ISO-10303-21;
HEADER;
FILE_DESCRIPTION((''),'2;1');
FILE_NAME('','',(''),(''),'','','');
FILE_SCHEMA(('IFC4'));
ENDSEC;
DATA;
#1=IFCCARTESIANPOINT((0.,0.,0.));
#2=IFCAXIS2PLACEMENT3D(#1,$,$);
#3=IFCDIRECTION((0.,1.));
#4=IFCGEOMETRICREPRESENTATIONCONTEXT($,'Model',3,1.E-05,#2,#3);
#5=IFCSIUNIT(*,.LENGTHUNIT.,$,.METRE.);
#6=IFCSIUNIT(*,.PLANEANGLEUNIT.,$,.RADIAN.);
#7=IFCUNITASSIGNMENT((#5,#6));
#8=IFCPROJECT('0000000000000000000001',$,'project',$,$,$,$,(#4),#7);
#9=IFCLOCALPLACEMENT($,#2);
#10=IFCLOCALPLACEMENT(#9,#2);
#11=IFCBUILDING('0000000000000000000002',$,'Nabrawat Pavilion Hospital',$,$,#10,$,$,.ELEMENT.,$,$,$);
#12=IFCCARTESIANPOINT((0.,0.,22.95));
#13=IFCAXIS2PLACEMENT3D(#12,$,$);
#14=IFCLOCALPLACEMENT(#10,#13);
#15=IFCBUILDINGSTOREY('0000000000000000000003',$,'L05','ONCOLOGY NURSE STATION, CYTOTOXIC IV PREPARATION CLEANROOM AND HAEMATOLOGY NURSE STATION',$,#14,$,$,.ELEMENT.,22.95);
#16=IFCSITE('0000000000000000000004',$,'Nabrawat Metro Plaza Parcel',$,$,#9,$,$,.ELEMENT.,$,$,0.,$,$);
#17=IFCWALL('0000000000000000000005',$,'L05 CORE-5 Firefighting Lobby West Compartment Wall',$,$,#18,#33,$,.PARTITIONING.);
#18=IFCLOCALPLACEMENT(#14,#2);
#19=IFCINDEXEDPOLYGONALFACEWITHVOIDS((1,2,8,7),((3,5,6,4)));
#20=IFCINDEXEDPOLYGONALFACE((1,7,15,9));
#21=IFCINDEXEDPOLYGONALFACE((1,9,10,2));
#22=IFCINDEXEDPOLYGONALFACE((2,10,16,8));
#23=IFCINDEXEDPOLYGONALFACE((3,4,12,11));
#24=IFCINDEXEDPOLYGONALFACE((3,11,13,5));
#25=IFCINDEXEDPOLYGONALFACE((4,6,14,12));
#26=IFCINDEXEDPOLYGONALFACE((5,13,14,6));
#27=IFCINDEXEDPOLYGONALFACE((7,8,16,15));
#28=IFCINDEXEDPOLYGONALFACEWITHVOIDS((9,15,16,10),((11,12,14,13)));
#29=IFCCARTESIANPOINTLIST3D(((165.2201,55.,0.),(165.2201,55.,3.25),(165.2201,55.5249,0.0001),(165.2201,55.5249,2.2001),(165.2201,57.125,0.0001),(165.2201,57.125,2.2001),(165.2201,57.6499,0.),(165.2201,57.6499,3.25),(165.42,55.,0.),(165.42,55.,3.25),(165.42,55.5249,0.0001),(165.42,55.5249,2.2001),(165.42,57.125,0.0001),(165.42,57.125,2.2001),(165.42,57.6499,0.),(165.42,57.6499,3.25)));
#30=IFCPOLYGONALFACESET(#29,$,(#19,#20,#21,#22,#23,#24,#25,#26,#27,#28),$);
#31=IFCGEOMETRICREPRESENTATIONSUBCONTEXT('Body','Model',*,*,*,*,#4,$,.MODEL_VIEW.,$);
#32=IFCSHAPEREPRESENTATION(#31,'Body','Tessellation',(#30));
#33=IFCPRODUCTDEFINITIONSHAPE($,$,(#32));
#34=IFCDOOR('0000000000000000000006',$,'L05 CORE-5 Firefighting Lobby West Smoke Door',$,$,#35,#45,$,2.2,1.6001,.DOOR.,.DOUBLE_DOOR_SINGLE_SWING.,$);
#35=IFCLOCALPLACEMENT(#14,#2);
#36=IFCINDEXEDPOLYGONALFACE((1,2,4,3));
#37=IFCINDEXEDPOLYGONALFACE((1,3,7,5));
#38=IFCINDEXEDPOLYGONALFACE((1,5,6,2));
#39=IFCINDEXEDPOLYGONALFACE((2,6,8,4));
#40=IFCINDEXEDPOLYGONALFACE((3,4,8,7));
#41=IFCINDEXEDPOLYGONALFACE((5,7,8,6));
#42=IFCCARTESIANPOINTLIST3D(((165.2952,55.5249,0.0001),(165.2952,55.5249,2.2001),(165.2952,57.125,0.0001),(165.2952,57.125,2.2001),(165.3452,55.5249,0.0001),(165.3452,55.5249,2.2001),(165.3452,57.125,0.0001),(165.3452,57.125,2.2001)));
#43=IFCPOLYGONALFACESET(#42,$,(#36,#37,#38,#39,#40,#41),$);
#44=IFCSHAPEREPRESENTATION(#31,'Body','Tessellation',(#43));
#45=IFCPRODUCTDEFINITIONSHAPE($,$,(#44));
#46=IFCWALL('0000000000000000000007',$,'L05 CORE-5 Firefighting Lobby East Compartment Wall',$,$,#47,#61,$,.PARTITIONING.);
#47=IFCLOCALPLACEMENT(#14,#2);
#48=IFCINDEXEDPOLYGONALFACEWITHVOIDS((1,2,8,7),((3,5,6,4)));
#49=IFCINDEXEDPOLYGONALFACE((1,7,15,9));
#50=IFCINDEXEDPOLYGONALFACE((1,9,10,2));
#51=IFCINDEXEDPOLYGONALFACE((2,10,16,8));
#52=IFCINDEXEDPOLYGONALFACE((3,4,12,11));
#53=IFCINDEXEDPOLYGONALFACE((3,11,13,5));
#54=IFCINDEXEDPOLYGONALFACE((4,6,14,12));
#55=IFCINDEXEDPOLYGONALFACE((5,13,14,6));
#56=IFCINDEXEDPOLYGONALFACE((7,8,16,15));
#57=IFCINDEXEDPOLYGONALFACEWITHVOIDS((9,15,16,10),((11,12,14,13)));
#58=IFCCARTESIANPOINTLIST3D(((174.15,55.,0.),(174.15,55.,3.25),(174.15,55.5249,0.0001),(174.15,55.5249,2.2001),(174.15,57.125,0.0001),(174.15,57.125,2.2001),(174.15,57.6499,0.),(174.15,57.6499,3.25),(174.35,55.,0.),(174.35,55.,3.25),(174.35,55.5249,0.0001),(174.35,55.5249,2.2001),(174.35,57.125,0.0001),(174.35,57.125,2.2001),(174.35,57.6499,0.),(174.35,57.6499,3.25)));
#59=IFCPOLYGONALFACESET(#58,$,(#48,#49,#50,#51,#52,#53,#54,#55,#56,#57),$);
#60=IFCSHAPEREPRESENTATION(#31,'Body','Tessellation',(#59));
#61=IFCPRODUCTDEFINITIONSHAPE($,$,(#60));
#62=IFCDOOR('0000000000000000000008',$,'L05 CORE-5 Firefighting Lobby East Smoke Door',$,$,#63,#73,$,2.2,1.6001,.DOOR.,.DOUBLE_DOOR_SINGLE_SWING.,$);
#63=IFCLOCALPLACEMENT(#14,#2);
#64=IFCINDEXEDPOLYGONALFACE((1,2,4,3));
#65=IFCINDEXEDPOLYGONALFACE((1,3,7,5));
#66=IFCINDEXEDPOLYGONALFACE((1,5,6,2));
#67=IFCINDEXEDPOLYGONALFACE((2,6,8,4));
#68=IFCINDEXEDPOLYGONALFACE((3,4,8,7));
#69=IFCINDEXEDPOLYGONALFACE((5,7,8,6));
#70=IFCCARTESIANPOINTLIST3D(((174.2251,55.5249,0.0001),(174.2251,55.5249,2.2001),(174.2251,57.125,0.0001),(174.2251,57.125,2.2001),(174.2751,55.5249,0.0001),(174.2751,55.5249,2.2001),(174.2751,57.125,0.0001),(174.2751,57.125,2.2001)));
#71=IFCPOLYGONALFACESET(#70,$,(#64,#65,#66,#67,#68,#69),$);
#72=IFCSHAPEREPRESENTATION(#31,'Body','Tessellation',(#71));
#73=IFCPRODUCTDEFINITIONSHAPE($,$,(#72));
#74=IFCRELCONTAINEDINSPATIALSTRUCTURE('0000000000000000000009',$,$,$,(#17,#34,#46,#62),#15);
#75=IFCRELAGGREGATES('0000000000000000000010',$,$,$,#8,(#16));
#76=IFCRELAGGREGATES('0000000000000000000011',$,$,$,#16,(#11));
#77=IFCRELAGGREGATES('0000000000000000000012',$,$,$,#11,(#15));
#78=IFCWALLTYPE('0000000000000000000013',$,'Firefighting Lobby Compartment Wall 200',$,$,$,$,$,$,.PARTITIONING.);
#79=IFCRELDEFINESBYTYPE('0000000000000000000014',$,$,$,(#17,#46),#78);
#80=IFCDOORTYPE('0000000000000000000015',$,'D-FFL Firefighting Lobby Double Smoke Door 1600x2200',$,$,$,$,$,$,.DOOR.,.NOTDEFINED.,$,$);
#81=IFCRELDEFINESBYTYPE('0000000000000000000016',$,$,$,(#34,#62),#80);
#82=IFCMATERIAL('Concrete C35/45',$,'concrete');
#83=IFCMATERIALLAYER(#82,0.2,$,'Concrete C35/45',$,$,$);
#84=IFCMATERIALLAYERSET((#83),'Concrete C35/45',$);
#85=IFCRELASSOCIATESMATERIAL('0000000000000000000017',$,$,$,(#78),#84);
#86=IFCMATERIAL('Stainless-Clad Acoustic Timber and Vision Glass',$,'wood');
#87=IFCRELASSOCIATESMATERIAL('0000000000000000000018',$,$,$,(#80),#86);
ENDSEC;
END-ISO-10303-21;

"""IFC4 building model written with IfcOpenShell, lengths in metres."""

from ifc_helpers import new_model, si_unit, direction, frame, frame_2d, origin, place, context, subcontext, project, spatial, rectangle, extrude, material, layer, layer_set, type_object, element, fill, save


model = new_model("IFC4")

# Units and contexts
model_context = context("Model", 3, precision=1e-05, world=origin(), true_north=direction((0.0, 1.0)))
body_context = subcontext(model_context, "Body", "Model", "MODEL_VIEW")
ifc_project = project(units=[si_unit("LENGTHUNIT", "METRE"), si_unit("PLANEANGLEUNIT", "RADIAN")], contexts=[model_context])

# Site, building, storey
site_placement = place(None, origin())
site = spatial("IfcSite", under=ifc_project, at=site_placement, Name="Nabrawat Metro Plaza Parcel", CompositionType="ELEMENT", RefElevation=0.0)
building_placement = place(site_placement, origin())
building = spatial("IfcBuilding", under=site, at=building_placement, Name="Nabrawat Pavilion Hospital", CompositionType="ELEMENT")
storey_placement = place(building_placement, frame((0.0, 0.0, 22.95)))
storey = spatial("IfcBuildingStorey", under=building, at=storey_placement, Name="L05", Description="ONCOLOGY NURSE STATION, CYTOTOXIC IV PREPARATION CLEANROOM AND HAEMATOLOGY NURSE STATION", CompositionType="ELEMENT", Elevation=22.95)

# Shared definitions
ifc_material_1 = material(Name="Stainless-Clad Acoustic Timber and Vision Glass", Category="wood")

# Shared definitions
ifc_material_2 = material(Name="Concrete C35/45", Category="concrete")
ifc_layer_1 = layer(ifc_material_2, 0.2, Name="Concrete C35/45")
ifc_layer_set_1 = layer_set([ifc_layer_1], Name="Concrete C35/45")
wall_type_1 = type_object("IfcWallType", Name="Firefighting Lobby Compartment Wall 200", PredefinedType="PARTITIONING", material=ifc_layer_set_1)

# Walls, openings, doors
wall_1_placement = place(storey_placement, frame((165.3201, 55.0, 0.0), z_axis=(0.0, 0.0, 1.0), x_axis=(0.0, 1.0, 0.0)))
wall_1 = element("IfcWall", 1, at=wall_1_placement, inside=storey, type_object=wall_type_1, Name="L05 CORE-5 Firefighting Lobby West Compartment Wall", PredefinedType="PARTITIONING", context=body_context, shape_type="SweptSolid", body=[
    extrude(rectangle(XDim=2.6499, YDim=0.2, at=frame_2d((1.325, 0.0))), origin(), (0.0, 0.0, 1.0), 3.25),
])
opening_1_placement = place(wall_1_placement, frame((0.5249, 0.0, 0.0)))
opening_1 = element("IfcOpeningElement", 2, at=opening_1_placement, cuts=wall_1, PredefinedType="OPENING", context=body_context, shape_type="SweptSolid", body=[
    extrude(rectangle(XDim=1.6001, YDim=2.2, at=frame_2d((0.8, 1.1001))), frame((0.0, 0.1099, 0.0), z_axis=(0.0, -1.0, 0.0), x_axis=(1.0, 0.0, 0.0)), (0.0, 0.0, 1.0), 0.22),
])
door_type_1 = type_object("IfcDoorType", Name="D-FFL Firefighting Lobby Double Smoke Door 1600x2200", OperationType="NOTDEFINED", PredefinedType="DOOR", material=ifc_material_1)
door_1_placement = place(opening_1_placement, origin())
door_1 = element("IfcDoor", 3, at=door_1_placement, inside=storey, type_object=door_type_1, Name="L05 CORE-5 Firefighting Lobby West Smoke Door", OperationType="DOUBLE_DOOR_SINGLE_SWING", OverallHeight=2.2, OverallWidth=1.6001, PredefinedType="DOOR", context=body_context, shape_type="SweptSolid", body=[
    extrude(rectangle(XDim=1.6001, YDim=2.2, at=frame_2d((0.8, 1.1001))), frame((0.0, 0.0249, 0.0), z_axis=(0.0, -1.0, 0.0), x_axis=(1.0, 0.0, 0.0)), (0.0, 0.0, 1.0), 0.05),
])
fill(opening_1, door_1)
wall_2_placement = place(storey_placement, frame((174.25, 55.0, 0.0), z_axis=(0.0, 0.0, 1.0), x_axis=(0.0, 1.0, 0.0)))
wall_2 = element("IfcWall", 4, at=wall_2_placement, inside=storey, type_object=wall_type_1, Name="L05 CORE-5 Firefighting Lobby East Compartment Wall", PredefinedType="PARTITIONING", context=body_context, shape_type="SweptSolid", body=[
    extrude(rectangle(XDim=2.6499, YDim=0.2, at=frame_2d((1.325, 0.0))), origin(), (0.0, 0.0, 1.0), 3.25),
])
opening_2_placement = place(wall_2_placement, frame((0.5249, 0.0, 0.0)))
opening_2 = element("IfcOpeningElement", 5, at=opening_2_placement, cuts=wall_2, PredefinedType="OPENING", context=body_context, shape_type="SweptSolid", body=[
    extrude(rectangle(XDim=1.6001, YDim=2.2, at=frame_2d((0.8, 1.1001))), frame((0.0, 0.1099, 0.0), z_axis=(0.0, -1.0, 0.0), x_axis=(1.0, 0.0, 0.0)), (0.0, 0.0, 1.0), 0.22),
])
door_2_placement = place(opening_2_placement, origin())
door_2 = element("IfcDoor", 6, at=door_2_placement, inside=storey, type_object=door_type_1, Name="L05 CORE-5 Firefighting Lobby East Smoke Door", OperationType="DOUBLE_DOOR_SINGLE_SWING", OverallHeight=2.2, OverallWidth=1.6001, PredefinedType="DOOR", context=body_context, shape_type="SweptSolid", body=[
    extrude(rectangle(XDim=1.6001, YDim=2.2, at=frame_2d((0.8, 1.1001))), frame((0.0, 0.0249, 0.0), z_axis=(0.0, -1.0, 0.0), x_axis=(1.0, 0.0, 0.0)), (0.0, 0.0, 1.0), 0.05),
])
fill(opening_2, door_2)

save(model, "model.ifc")
